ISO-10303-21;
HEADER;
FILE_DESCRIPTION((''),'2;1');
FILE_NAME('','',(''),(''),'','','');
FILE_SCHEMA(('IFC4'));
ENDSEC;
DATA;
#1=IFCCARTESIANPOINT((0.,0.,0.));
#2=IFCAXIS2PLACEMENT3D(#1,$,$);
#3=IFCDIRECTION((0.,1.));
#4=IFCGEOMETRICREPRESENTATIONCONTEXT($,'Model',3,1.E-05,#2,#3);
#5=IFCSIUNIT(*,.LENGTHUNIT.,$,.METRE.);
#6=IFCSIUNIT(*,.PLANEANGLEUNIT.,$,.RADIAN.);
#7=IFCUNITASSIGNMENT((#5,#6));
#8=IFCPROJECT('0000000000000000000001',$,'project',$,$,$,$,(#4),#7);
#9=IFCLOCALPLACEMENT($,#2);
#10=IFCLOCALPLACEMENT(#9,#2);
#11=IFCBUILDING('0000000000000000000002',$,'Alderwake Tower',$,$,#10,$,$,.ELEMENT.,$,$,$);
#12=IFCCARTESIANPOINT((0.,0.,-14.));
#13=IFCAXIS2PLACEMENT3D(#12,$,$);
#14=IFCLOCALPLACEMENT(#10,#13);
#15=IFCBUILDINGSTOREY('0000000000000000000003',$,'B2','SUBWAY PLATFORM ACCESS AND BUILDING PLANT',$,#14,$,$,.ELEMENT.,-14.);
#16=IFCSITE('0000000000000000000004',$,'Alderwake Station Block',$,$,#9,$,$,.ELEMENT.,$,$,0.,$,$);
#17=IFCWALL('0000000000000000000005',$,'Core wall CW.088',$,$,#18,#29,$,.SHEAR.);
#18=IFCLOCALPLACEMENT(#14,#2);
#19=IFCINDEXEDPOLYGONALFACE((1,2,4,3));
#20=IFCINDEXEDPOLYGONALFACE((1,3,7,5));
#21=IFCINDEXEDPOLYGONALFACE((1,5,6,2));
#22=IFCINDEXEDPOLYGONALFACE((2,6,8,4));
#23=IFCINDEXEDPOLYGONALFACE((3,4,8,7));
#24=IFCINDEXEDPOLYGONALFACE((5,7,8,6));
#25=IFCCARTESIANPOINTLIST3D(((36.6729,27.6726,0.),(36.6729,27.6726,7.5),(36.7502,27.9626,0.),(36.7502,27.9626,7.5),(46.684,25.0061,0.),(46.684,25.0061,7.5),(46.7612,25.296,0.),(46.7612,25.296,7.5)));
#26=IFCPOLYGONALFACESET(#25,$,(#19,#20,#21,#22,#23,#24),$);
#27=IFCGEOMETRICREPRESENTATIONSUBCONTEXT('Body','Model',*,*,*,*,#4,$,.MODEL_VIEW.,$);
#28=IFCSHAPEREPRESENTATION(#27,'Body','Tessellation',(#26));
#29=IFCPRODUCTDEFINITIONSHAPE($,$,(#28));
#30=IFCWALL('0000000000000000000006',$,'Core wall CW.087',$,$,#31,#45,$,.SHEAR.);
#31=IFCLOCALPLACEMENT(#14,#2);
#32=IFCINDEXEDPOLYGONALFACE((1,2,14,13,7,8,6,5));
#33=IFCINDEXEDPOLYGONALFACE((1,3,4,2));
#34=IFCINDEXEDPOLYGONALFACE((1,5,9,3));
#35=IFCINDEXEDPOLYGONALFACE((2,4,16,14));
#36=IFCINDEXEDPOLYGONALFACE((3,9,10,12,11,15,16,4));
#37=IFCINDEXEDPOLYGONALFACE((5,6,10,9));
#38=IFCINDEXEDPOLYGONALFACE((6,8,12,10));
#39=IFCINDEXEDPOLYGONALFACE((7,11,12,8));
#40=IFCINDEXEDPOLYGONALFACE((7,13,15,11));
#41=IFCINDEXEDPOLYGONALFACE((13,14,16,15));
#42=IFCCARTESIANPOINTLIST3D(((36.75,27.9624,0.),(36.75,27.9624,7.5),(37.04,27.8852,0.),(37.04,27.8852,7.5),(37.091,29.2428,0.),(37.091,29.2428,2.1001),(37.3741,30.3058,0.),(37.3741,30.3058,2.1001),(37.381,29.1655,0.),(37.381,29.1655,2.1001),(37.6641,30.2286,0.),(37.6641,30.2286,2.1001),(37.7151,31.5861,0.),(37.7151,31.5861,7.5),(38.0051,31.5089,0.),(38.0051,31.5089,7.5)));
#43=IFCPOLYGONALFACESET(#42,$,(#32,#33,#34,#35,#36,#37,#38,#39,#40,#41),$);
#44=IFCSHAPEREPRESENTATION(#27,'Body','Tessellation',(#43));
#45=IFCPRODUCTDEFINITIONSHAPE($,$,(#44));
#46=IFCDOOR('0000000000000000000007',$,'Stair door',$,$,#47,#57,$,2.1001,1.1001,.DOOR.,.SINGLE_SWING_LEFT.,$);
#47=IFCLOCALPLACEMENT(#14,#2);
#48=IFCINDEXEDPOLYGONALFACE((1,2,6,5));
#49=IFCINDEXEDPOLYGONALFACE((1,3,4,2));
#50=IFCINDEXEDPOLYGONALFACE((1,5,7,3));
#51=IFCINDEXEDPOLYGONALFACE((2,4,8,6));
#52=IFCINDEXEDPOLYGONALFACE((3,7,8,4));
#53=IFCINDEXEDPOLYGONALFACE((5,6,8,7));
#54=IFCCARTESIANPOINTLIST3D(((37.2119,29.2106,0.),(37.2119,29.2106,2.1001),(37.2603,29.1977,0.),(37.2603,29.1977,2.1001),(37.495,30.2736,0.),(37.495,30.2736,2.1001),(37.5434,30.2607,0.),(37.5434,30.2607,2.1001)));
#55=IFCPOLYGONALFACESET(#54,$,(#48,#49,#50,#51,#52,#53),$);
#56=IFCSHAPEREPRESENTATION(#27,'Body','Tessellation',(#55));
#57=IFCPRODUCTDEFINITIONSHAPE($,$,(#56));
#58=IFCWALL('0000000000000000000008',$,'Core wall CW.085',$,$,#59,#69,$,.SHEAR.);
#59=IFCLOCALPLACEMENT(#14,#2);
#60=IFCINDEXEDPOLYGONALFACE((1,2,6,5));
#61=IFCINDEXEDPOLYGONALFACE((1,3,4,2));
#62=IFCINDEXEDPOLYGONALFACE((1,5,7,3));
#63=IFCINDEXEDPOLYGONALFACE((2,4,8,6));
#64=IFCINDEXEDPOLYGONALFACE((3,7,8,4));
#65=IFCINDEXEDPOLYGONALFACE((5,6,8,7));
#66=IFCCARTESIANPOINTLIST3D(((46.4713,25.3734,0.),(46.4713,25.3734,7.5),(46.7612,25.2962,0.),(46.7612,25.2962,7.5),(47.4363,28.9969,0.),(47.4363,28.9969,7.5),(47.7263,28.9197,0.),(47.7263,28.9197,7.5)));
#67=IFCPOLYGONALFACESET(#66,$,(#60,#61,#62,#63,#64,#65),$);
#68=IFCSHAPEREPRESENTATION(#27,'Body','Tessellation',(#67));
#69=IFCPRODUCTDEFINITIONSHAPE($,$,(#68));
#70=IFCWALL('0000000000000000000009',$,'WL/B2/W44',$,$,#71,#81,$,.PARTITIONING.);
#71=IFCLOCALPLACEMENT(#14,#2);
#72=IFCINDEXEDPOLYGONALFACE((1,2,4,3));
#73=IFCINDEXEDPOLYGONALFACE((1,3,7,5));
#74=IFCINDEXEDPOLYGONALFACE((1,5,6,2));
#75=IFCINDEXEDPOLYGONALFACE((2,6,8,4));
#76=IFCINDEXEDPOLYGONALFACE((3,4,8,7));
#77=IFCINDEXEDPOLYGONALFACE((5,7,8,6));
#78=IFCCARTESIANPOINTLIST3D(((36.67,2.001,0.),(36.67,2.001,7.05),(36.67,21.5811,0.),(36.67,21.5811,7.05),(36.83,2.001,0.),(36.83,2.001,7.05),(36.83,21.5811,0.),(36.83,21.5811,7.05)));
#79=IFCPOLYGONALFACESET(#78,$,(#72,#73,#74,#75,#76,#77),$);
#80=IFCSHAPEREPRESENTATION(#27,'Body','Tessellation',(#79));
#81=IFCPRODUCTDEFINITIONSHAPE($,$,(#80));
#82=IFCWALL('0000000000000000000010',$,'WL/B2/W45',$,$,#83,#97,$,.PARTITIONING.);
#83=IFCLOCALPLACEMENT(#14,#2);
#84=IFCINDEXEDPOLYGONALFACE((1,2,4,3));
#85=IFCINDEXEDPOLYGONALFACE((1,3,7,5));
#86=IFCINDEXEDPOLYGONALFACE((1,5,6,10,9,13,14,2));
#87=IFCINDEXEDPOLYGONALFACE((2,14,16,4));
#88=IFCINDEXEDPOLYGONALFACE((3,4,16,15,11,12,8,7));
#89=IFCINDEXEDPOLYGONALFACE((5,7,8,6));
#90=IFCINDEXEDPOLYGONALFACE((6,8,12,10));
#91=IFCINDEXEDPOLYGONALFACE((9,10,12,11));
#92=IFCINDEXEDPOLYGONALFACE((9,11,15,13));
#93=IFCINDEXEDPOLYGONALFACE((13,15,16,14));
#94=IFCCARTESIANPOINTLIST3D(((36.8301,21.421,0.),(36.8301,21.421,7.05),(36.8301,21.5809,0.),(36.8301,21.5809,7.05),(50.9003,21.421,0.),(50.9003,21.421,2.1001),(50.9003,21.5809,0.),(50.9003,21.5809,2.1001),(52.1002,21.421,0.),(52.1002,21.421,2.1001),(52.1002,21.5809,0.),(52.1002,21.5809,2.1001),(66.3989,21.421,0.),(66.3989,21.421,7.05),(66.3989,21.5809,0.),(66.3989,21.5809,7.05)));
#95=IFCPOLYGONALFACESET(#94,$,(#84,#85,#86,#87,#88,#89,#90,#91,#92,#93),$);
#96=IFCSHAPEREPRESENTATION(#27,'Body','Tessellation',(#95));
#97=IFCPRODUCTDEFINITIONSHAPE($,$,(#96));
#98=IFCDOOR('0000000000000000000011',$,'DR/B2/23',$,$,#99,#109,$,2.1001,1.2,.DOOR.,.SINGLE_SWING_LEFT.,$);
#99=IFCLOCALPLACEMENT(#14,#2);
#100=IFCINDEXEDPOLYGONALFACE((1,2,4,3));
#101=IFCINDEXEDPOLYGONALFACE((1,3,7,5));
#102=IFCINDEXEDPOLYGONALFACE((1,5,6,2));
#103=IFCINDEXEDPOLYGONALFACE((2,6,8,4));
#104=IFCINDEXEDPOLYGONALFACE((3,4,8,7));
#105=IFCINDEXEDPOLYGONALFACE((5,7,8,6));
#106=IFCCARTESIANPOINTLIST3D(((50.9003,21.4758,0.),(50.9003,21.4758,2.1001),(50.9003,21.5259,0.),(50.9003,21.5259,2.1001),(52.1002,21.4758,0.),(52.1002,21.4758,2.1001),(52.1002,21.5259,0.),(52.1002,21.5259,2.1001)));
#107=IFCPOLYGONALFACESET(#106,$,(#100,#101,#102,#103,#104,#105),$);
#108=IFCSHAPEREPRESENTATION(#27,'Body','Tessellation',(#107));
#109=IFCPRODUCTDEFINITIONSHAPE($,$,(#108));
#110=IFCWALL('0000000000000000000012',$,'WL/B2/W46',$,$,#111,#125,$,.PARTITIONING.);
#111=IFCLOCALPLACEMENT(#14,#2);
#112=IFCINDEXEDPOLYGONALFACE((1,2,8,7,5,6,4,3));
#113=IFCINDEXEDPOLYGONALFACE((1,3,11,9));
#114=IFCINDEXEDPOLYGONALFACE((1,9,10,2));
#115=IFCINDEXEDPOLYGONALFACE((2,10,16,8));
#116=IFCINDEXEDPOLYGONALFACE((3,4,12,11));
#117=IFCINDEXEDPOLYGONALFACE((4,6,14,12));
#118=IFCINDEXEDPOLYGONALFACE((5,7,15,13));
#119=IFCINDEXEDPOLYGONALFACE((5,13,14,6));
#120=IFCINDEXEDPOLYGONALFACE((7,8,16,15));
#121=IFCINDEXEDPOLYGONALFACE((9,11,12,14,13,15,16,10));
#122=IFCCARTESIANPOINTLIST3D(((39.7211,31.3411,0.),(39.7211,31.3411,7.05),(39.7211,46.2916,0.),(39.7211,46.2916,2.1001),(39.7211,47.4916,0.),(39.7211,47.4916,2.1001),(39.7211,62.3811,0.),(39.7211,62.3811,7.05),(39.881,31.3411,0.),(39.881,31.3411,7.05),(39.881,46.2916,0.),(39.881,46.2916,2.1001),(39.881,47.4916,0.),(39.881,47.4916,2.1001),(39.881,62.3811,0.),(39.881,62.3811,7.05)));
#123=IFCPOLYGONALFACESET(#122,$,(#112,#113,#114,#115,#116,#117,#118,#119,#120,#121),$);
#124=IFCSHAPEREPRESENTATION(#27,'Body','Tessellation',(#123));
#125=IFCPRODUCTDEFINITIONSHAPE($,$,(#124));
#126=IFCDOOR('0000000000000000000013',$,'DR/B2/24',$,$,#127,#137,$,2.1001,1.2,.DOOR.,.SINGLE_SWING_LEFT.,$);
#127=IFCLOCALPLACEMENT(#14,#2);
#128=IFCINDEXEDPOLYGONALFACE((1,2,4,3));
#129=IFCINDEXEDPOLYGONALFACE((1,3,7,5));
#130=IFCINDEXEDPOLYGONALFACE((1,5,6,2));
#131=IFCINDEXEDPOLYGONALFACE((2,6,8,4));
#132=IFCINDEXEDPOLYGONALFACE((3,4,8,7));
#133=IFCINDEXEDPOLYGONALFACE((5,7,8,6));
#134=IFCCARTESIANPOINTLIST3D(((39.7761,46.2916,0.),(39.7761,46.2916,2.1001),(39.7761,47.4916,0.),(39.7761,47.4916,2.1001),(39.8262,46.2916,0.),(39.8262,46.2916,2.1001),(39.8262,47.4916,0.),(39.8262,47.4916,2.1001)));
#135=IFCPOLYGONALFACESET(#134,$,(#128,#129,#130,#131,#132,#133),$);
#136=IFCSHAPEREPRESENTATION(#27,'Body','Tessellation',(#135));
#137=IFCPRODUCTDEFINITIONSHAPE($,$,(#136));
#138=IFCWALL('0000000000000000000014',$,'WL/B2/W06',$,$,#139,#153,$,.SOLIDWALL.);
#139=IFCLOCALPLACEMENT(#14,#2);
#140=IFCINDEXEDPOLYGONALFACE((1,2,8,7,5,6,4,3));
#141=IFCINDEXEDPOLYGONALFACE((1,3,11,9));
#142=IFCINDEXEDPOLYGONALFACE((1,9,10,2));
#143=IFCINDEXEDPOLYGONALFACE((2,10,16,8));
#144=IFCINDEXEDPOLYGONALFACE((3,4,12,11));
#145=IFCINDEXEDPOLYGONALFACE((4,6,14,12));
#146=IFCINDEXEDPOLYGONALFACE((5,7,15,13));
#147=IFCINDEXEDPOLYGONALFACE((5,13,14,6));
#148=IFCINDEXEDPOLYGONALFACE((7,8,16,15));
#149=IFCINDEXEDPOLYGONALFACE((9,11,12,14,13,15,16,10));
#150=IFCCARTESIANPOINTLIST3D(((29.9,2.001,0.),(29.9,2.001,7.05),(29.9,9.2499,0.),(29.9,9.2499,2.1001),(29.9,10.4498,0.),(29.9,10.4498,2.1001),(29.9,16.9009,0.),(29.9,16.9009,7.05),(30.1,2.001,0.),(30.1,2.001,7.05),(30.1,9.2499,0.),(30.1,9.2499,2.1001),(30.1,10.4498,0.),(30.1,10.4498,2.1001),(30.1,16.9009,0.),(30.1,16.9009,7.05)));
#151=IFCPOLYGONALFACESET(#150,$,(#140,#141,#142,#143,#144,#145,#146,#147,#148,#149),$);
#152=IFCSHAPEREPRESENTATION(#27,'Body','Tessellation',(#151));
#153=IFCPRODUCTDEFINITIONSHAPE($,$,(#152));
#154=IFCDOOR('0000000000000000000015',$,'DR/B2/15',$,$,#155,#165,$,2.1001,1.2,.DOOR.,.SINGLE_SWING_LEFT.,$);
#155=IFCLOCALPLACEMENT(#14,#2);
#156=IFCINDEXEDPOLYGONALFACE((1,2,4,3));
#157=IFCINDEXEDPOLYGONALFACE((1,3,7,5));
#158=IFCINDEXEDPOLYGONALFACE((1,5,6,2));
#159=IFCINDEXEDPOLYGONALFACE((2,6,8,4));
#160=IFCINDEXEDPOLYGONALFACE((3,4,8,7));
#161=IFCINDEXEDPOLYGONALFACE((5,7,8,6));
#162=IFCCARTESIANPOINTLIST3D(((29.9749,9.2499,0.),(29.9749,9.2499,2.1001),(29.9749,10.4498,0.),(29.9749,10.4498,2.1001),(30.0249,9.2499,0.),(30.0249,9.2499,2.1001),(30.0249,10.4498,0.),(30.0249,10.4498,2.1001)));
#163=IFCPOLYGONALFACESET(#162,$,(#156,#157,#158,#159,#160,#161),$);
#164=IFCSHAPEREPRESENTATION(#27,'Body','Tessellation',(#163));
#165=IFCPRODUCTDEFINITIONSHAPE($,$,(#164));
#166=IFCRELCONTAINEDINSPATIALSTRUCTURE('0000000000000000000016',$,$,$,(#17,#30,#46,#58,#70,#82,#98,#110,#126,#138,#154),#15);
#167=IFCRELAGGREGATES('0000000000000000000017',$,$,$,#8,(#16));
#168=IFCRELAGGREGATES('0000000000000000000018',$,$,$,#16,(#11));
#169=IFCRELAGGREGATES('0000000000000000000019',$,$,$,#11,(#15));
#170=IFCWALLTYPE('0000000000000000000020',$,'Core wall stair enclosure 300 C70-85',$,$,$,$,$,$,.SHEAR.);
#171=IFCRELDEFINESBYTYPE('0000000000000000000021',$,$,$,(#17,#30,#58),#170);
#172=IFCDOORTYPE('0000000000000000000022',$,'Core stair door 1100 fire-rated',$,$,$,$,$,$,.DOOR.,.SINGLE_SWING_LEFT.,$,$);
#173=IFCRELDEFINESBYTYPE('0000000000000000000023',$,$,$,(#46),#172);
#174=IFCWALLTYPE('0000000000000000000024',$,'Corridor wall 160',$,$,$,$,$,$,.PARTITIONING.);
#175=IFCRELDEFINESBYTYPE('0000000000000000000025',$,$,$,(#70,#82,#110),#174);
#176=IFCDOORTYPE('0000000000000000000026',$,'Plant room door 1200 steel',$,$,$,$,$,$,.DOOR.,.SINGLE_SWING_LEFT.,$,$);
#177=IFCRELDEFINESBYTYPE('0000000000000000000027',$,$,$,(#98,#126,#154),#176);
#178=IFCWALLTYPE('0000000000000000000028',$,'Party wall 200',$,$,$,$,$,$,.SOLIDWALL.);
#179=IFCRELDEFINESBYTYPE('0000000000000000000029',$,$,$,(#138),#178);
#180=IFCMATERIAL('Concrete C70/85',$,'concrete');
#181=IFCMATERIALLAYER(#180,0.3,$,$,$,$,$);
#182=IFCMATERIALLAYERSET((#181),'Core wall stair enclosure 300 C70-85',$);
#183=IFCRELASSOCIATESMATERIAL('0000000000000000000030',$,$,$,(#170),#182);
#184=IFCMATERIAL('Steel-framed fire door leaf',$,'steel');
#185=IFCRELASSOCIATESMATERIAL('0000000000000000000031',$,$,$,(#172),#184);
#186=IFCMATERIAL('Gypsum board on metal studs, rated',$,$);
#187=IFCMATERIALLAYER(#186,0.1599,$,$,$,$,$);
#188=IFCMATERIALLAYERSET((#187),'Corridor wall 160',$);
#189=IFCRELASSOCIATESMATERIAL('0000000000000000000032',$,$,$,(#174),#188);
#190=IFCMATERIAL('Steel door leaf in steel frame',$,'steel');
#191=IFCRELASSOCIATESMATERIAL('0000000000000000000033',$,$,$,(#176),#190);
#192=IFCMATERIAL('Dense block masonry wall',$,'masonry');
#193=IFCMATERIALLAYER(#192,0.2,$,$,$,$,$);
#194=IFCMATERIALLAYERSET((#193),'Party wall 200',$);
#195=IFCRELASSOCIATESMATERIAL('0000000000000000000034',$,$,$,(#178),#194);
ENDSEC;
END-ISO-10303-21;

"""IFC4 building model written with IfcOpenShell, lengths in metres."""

from ifc_helpers import new_model, si_unit, direction, frame, frame_2d, origin, place, context, subcontext, project, spatial, rectangle, extrude, material, layer, layer_set, type_object, element, fill, save


model = new_model("IFC4")

# Units and contexts
model_context = context("Model", 3, precision=1e-05, world=origin(), true_north=direction((0.0, 1.0)))
body_context = subcontext(model_context, "Body", "Model", "MODEL_VIEW")
ifc_project = project(units=[si_unit("LENGTHUNIT", "METRE"), si_unit("PLANEANGLEUNIT", "RADIAN")], contexts=[model_context])

# Site, building, storey
site_placement = place(None, origin())
site = spatial("IfcSite", under=ifc_project, at=site_placement, Name="Alderwake Station Block", CompositionType="ELEMENT", RefElevation=0.0)
building_placement = place(site_placement, origin())
building = spatial("IfcBuilding", under=site, at=building_placement, Name="Alderwake Tower", CompositionType="ELEMENT")
storey_placement = place(building_placement, frame((0.0, 0.0, -14.0)))
storey = spatial("IfcBuildingStorey", under=building, at=storey_placement, Name="B2", Description="SUBWAY PLATFORM ACCESS AND BUILDING PLANT", CompositionType="ELEMENT", Elevation=-14.0)

# Wall
ifc_material_1 = material(Name="Concrete C70/85", Category="concrete")
ifc_layer_1 = layer(ifc_material_1, 0.3)
ifc_layer_set_1 = layer_set([ifc_layer_1], Name="Core wall stair enclosure 300 C70-85")
wall_type_1 = type_object("IfcWallType", Name="Core wall stair enclosure 300 C70-85", PredefinedType="SHEAR", material=ifc_layer_set_1)
wall_1_placement = place(storey_placement, frame((36.7114, 27.8176, 0.0), z_axis=(0.0, 0.0, 1.0), x_axis=(0.966309, -0.257384, 0.0)))
element("IfcWall", 1, at=wall_1_placement, inside=storey, type_object=wall_type_1, Name="Core wall CW.088", PredefinedType="SHEAR", context=body_context, shape_type="SweptSolid", body=[
    extrude(rectangle(XDim=10.3601, YDim=0.3, at=frame_2d((5.1802, 0.0))), origin(), (0.0, 0.0, 1.0), 7.5),
])

# Wall, opening, door
wall_2_placement = place(storey_placement, frame((36.895, 27.9238, 0.0), z_axis=(0.0, 0.0, 1.0), x_axis=(0.257351, 0.966318, 0.0)))
wall_2 = element("IfcWall", 2, at=wall_2_placement, inside=storey, type_object=wall_type_1, Name="Core wall CW.087", PredefinedType="SHEAR", context=body_context, shape_type="SweptSolid", body=[
    extrude(rectangle(XDim=3.75, YDim=0.3, at=frame_2d((1.875, 0.0))), origin(), (0.0, 0.0, 1.0), 7.5),
])
opening_1_placement = place(wall_2_placement, frame((1.325, 0.0, 0.0)))
opening_1 = element("IfcOpeningElement", 3, at=opening_1_placement, cuts=wall_2, PredefinedType="OPENING", context=body_context, shape_type="SweptSolid", body=[
    extrude(rectangle(XDim=1.1001, YDim=2.1001, at=frame_2d((0.55, 1.05))), frame((0.0, 0.1599, 0.0), z_axis=(0.0, -1.0, 0.0), x_axis=(1.0, 0.0, 0.0)), (0.0, 0.0, 1.0), 0.3201),
])
ifc_material_2 = material(Name="Steel-framed fire door leaf", Category="steel")
door_type_1 = type_object("IfcDoorType", Name="Core stair door 1100 fire-rated", OperationType="SINGLE_SWING_LEFT", PredefinedType="DOOR", material=ifc_material_2)
door_1_placement = place(opening_1_placement, origin())
door_1 = element("IfcDoor", 4, at=door_1_placement, inside=storey, type_object=door_type_1, Name="Stair door", OperationType="SINGLE_SWING_LEFT", OverallHeight=2.1001, OverallWidth=1.1001, PredefinedType="DOOR", context=body_context, shape_type="SweptSolid", body=[
    extrude(rectangle(XDim=1.1001, YDim=2.1001, at=frame_2d((0.55, 1.05))), frame((0.0, 0.0249, 0.0), z_axis=(0.0, -1.0, 0.0), x_axis=(1.0, 0.0, 0.0)), (0.0, 0.0, 1.0), 0.05),
])
fill(opening_1, door_1)

# Walls
wall_3_placement = place(storey_placement, frame((46.6162, 25.3347, 0.0), z_axis=(0.0, 0.0, 1.0), x_axis=(0.257367, 0.966314, 0.0)))
element("IfcWall", 5, at=wall_3_placement, inside=storey, type_object=wall_type_1, Name="Core wall CW.085", PredefinedType="SHEAR", context=body_context, shape_type="SweptSolid", body=[
    extrude(rectangle(XDim=3.7498, YDim=0.3, at=frame_2d((1.875, 0.0))), origin(), (0.0, 0.0, 1.0), 7.5),
])
ifc_material_3 = material(Name="Gypsum board on metal studs, rated")
ifc_layer_2 = layer(ifc_material_3, 0.1599)
ifc_layer_set_2 = layer_set([ifc_layer_2], Name="Corridor wall 160")
wall_type_2 = type_object("IfcWallType", Name="Corridor wall 160", PredefinedType="PARTITIONING", material=ifc_layer_set_2)
wall_4_placement = place(storey_placement, frame((36.75, 2.001, 0.0), z_axis=(0.0, 0.0, 1.0), x_axis=(0.0, 1.0, 0.0)))
element("IfcWall", 6, at=wall_4_placement, inside=storey, type_object=wall_type_2, Name="WL/B2/W44", PredefinedType="PARTITIONING", context=body_context, shape_type="SweptSolid", body=[
    extrude(rectangle(XDim=19.5801, YDim=0.1599, at=frame_2d((9.79, 0.0))), origin(), (0.0, 0.0, 1.0), 7.05),
])

# Walls, openings, doors
wall_5_placement = place(storey_placement, frame((36.8301, 21.501, 0.0), z_axis=(0.0, 0.0, 1.0), x_axis=(1.0, 0.0, 0.0)))
wall_5 = element("IfcWall", 7, at=wall_5_placement, inside=storey, type_object=wall_type_2, Name="WL/B2/W45", PredefinedType="PARTITIONING", context=body_context, shape_type="SweptSolid", body=[
    extrude(rectangle(XDim=29.5688, YDim=0.1599, at=frame_2d((14.7844, 0.0))), origin(), (0.0, 0.0, 1.0), 7.05),
])
opening_2_placement = place(wall_5_placement, frame((14.0701, 0.0, 0.0)))
opening_2 = element("IfcOpeningElement", 8, at=opening_2_placement, cuts=wall_5, PredefinedType="OPENING", context=body_context, shape_type="SweptSolid", body=[
    extrude(rectangle(XDim=1.2, YDim=2.1001, at=frame_2d((0.6001, 1.05))), frame((0.0, 0.0898, 0.0), z_axis=(0.0, -1.0, 0.0), x_axis=(1.0, 0.0, 0.0)), (0.0, 0.0, 1.0), 0.1799),
])
ifc_material_4 = material(Name="Steel door leaf in steel frame", Category="steel")
door_type_2 = type_object("IfcDoorType", Name="Plant room door 1200 steel", OperationType="SINGLE_SWING_LEFT", PredefinedType="DOOR", material=ifc_material_4)
door_2_placement = place(opening_2_placement, origin())
door_2 = element("IfcDoor", 9, at=door_2_placement, inside=storey, type_object=door_type_2, Name="DR/B2/23", OperationType="SINGLE_SWING_LEFT", OverallHeight=2.1001, OverallWidth=1.2, PredefinedType="DOOR", context=body_context, shape_type="SweptSolid", body=[
    extrude(rectangle(XDim=1.2, YDim=2.1001, at=frame_2d((0.6001, 1.05))), frame((0.0, 0.0249, 0.0), z_axis=(0.0, -1.0, 0.0), x_axis=(1.0, 0.0, 0.0)), (0.0, 0.0, 1.0), 0.05),
])
fill(opening_2, door_2)
wall_6_placement = place(storey_placement, frame((39.801, 31.3411, 0.0), z_axis=(0.0, 0.0, 1.0), x_axis=(0.0, 1.0, 0.0)))
wall_6 = element("IfcWall", 10, at=wall_6_placement, inside=storey, type_object=wall_type_2, Name="WL/B2/W46", PredefinedType="PARTITIONING", context=body_context, shape_type="SweptSolid", body=[
    extrude(rectangle(XDim=31.04, YDim=0.1599, at=frame_2d((15.52, 0.0))), origin(), (0.0, 0.0, 1.0), 7.05),
])
opening_3_placement = place(wall_6_placement, frame((14.9504, 0.0, 0.0)))
opening_3 = element("IfcOpeningElement", 11, at=opening_3_placement, cuts=wall_6, PredefinedType="OPENING", context=body_context, shape_type="SweptSolid", body=[
    extrude(rectangle(XDim=1.2, YDim=2.1001, at=frame_2d((0.6001, 1.05))), frame((0.0, 0.0898, 0.0), z_axis=(0.0, -1.0, 0.0), x_axis=(1.0, 0.0, 0.0)), (0.0, 0.0, 1.0), 0.1799),
])
door_3_placement = place(opening_3_placement, origin())
door_3 = element("IfcDoor", 12, at=door_3_placement, inside=storey, type_object=door_type_2, Name="DR/B2/24", OperationType="SINGLE_SWING_LEFT", OverallHeight=2.1001, OverallWidth=1.2, PredefinedType="DOOR", context=body_context, shape_type="SweptSolid", body=[
    extrude(rectangle(XDim=1.2, YDim=2.1001, at=frame_2d((0.6001, 1.05))), frame((0.0, 0.0249, 0.0), z_axis=(0.0, -1.0, 0.0), x_axis=(1.0, 0.0, 0.0)), (0.0, 0.0, 1.0), 0.05),
])
fill(opening_3, door_3)
ifc_material_5 = material(Name="Dense block masonry wall", Category="masonry")
ifc_layer_3 = layer(ifc_material_5, 0.2)
ifc_layer_set_3 = layer_set([ifc_layer_3], Name="Party wall 200")
wall_type_3 = type_object("IfcWallType", Name="Party wall 200", PredefinedType="SOLIDWALL", material=ifc_layer_set_3)
wall_7_placement = place(storey_placement, frame((30.0, 16.9009, 0.0), z_axis=(0.0, 0.0, 1.0), x_axis=(0.0, -1.0, 0.0)))
wall_7 = element("IfcWall", 13, at=wall_7_placement, inside=storey, type_object=wall_type_3, Name="WL/B2/W06", PredefinedType="SOLIDWALL", context=body_context, shape_type="SweptSolid", body=[
    extrude(rectangle(XDim=14.8999, YDim=0.2, at=frame_2d((7.45, 0.0))), origin(), (0.0, 0.0, 1.0), 7.05),
])
opening_4_placement = place(wall_7_placement, frame((6.4509, 0.0, 0.0)))
opening_4 = element("IfcOpeningElement", 14, at=opening_4_placement, cuts=wall_7, PredefinedType="OPENING", context=body_context, shape_type="SweptSolid", body=[
    extrude(rectangle(XDim=1.2, YDim=2.1001, at=frame_2d((0.6001, 1.05))), frame((0.0, 0.1099, 0.0), z_axis=(0.0, -1.0, 0.0), x_axis=(1.0, 0.0, 0.0)), (0.0, 0.0, 1.0), 0.22),
])
door_4_placement = place(opening_4_placement, origin())
door_4 = element("IfcDoor", 15, at=door_4_placement, inside=storey, type_object=door_type_2, Name="DR/B2/15", OperationType="SINGLE_SWING_LEFT", OverallHeight=2.1001, OverallWidth=1.2, PredefinedType="DOOR", context=body_context, shape_type="SweptSolid", body=[
    extrude(rectangle(XDim=1.2, YDim=2.1001, at=frame_2d((0.6001, 1.05))), frame((0.0, 0.0249, 0.0), z_axis=(0.0, -1.0, 0.0), x_axis=(1.0, 0.0, 0.0)), (0.0, 0.0, 1.0), 0.05),
])
fill(opening_4, door_4)

save(model, "model.ifc")
